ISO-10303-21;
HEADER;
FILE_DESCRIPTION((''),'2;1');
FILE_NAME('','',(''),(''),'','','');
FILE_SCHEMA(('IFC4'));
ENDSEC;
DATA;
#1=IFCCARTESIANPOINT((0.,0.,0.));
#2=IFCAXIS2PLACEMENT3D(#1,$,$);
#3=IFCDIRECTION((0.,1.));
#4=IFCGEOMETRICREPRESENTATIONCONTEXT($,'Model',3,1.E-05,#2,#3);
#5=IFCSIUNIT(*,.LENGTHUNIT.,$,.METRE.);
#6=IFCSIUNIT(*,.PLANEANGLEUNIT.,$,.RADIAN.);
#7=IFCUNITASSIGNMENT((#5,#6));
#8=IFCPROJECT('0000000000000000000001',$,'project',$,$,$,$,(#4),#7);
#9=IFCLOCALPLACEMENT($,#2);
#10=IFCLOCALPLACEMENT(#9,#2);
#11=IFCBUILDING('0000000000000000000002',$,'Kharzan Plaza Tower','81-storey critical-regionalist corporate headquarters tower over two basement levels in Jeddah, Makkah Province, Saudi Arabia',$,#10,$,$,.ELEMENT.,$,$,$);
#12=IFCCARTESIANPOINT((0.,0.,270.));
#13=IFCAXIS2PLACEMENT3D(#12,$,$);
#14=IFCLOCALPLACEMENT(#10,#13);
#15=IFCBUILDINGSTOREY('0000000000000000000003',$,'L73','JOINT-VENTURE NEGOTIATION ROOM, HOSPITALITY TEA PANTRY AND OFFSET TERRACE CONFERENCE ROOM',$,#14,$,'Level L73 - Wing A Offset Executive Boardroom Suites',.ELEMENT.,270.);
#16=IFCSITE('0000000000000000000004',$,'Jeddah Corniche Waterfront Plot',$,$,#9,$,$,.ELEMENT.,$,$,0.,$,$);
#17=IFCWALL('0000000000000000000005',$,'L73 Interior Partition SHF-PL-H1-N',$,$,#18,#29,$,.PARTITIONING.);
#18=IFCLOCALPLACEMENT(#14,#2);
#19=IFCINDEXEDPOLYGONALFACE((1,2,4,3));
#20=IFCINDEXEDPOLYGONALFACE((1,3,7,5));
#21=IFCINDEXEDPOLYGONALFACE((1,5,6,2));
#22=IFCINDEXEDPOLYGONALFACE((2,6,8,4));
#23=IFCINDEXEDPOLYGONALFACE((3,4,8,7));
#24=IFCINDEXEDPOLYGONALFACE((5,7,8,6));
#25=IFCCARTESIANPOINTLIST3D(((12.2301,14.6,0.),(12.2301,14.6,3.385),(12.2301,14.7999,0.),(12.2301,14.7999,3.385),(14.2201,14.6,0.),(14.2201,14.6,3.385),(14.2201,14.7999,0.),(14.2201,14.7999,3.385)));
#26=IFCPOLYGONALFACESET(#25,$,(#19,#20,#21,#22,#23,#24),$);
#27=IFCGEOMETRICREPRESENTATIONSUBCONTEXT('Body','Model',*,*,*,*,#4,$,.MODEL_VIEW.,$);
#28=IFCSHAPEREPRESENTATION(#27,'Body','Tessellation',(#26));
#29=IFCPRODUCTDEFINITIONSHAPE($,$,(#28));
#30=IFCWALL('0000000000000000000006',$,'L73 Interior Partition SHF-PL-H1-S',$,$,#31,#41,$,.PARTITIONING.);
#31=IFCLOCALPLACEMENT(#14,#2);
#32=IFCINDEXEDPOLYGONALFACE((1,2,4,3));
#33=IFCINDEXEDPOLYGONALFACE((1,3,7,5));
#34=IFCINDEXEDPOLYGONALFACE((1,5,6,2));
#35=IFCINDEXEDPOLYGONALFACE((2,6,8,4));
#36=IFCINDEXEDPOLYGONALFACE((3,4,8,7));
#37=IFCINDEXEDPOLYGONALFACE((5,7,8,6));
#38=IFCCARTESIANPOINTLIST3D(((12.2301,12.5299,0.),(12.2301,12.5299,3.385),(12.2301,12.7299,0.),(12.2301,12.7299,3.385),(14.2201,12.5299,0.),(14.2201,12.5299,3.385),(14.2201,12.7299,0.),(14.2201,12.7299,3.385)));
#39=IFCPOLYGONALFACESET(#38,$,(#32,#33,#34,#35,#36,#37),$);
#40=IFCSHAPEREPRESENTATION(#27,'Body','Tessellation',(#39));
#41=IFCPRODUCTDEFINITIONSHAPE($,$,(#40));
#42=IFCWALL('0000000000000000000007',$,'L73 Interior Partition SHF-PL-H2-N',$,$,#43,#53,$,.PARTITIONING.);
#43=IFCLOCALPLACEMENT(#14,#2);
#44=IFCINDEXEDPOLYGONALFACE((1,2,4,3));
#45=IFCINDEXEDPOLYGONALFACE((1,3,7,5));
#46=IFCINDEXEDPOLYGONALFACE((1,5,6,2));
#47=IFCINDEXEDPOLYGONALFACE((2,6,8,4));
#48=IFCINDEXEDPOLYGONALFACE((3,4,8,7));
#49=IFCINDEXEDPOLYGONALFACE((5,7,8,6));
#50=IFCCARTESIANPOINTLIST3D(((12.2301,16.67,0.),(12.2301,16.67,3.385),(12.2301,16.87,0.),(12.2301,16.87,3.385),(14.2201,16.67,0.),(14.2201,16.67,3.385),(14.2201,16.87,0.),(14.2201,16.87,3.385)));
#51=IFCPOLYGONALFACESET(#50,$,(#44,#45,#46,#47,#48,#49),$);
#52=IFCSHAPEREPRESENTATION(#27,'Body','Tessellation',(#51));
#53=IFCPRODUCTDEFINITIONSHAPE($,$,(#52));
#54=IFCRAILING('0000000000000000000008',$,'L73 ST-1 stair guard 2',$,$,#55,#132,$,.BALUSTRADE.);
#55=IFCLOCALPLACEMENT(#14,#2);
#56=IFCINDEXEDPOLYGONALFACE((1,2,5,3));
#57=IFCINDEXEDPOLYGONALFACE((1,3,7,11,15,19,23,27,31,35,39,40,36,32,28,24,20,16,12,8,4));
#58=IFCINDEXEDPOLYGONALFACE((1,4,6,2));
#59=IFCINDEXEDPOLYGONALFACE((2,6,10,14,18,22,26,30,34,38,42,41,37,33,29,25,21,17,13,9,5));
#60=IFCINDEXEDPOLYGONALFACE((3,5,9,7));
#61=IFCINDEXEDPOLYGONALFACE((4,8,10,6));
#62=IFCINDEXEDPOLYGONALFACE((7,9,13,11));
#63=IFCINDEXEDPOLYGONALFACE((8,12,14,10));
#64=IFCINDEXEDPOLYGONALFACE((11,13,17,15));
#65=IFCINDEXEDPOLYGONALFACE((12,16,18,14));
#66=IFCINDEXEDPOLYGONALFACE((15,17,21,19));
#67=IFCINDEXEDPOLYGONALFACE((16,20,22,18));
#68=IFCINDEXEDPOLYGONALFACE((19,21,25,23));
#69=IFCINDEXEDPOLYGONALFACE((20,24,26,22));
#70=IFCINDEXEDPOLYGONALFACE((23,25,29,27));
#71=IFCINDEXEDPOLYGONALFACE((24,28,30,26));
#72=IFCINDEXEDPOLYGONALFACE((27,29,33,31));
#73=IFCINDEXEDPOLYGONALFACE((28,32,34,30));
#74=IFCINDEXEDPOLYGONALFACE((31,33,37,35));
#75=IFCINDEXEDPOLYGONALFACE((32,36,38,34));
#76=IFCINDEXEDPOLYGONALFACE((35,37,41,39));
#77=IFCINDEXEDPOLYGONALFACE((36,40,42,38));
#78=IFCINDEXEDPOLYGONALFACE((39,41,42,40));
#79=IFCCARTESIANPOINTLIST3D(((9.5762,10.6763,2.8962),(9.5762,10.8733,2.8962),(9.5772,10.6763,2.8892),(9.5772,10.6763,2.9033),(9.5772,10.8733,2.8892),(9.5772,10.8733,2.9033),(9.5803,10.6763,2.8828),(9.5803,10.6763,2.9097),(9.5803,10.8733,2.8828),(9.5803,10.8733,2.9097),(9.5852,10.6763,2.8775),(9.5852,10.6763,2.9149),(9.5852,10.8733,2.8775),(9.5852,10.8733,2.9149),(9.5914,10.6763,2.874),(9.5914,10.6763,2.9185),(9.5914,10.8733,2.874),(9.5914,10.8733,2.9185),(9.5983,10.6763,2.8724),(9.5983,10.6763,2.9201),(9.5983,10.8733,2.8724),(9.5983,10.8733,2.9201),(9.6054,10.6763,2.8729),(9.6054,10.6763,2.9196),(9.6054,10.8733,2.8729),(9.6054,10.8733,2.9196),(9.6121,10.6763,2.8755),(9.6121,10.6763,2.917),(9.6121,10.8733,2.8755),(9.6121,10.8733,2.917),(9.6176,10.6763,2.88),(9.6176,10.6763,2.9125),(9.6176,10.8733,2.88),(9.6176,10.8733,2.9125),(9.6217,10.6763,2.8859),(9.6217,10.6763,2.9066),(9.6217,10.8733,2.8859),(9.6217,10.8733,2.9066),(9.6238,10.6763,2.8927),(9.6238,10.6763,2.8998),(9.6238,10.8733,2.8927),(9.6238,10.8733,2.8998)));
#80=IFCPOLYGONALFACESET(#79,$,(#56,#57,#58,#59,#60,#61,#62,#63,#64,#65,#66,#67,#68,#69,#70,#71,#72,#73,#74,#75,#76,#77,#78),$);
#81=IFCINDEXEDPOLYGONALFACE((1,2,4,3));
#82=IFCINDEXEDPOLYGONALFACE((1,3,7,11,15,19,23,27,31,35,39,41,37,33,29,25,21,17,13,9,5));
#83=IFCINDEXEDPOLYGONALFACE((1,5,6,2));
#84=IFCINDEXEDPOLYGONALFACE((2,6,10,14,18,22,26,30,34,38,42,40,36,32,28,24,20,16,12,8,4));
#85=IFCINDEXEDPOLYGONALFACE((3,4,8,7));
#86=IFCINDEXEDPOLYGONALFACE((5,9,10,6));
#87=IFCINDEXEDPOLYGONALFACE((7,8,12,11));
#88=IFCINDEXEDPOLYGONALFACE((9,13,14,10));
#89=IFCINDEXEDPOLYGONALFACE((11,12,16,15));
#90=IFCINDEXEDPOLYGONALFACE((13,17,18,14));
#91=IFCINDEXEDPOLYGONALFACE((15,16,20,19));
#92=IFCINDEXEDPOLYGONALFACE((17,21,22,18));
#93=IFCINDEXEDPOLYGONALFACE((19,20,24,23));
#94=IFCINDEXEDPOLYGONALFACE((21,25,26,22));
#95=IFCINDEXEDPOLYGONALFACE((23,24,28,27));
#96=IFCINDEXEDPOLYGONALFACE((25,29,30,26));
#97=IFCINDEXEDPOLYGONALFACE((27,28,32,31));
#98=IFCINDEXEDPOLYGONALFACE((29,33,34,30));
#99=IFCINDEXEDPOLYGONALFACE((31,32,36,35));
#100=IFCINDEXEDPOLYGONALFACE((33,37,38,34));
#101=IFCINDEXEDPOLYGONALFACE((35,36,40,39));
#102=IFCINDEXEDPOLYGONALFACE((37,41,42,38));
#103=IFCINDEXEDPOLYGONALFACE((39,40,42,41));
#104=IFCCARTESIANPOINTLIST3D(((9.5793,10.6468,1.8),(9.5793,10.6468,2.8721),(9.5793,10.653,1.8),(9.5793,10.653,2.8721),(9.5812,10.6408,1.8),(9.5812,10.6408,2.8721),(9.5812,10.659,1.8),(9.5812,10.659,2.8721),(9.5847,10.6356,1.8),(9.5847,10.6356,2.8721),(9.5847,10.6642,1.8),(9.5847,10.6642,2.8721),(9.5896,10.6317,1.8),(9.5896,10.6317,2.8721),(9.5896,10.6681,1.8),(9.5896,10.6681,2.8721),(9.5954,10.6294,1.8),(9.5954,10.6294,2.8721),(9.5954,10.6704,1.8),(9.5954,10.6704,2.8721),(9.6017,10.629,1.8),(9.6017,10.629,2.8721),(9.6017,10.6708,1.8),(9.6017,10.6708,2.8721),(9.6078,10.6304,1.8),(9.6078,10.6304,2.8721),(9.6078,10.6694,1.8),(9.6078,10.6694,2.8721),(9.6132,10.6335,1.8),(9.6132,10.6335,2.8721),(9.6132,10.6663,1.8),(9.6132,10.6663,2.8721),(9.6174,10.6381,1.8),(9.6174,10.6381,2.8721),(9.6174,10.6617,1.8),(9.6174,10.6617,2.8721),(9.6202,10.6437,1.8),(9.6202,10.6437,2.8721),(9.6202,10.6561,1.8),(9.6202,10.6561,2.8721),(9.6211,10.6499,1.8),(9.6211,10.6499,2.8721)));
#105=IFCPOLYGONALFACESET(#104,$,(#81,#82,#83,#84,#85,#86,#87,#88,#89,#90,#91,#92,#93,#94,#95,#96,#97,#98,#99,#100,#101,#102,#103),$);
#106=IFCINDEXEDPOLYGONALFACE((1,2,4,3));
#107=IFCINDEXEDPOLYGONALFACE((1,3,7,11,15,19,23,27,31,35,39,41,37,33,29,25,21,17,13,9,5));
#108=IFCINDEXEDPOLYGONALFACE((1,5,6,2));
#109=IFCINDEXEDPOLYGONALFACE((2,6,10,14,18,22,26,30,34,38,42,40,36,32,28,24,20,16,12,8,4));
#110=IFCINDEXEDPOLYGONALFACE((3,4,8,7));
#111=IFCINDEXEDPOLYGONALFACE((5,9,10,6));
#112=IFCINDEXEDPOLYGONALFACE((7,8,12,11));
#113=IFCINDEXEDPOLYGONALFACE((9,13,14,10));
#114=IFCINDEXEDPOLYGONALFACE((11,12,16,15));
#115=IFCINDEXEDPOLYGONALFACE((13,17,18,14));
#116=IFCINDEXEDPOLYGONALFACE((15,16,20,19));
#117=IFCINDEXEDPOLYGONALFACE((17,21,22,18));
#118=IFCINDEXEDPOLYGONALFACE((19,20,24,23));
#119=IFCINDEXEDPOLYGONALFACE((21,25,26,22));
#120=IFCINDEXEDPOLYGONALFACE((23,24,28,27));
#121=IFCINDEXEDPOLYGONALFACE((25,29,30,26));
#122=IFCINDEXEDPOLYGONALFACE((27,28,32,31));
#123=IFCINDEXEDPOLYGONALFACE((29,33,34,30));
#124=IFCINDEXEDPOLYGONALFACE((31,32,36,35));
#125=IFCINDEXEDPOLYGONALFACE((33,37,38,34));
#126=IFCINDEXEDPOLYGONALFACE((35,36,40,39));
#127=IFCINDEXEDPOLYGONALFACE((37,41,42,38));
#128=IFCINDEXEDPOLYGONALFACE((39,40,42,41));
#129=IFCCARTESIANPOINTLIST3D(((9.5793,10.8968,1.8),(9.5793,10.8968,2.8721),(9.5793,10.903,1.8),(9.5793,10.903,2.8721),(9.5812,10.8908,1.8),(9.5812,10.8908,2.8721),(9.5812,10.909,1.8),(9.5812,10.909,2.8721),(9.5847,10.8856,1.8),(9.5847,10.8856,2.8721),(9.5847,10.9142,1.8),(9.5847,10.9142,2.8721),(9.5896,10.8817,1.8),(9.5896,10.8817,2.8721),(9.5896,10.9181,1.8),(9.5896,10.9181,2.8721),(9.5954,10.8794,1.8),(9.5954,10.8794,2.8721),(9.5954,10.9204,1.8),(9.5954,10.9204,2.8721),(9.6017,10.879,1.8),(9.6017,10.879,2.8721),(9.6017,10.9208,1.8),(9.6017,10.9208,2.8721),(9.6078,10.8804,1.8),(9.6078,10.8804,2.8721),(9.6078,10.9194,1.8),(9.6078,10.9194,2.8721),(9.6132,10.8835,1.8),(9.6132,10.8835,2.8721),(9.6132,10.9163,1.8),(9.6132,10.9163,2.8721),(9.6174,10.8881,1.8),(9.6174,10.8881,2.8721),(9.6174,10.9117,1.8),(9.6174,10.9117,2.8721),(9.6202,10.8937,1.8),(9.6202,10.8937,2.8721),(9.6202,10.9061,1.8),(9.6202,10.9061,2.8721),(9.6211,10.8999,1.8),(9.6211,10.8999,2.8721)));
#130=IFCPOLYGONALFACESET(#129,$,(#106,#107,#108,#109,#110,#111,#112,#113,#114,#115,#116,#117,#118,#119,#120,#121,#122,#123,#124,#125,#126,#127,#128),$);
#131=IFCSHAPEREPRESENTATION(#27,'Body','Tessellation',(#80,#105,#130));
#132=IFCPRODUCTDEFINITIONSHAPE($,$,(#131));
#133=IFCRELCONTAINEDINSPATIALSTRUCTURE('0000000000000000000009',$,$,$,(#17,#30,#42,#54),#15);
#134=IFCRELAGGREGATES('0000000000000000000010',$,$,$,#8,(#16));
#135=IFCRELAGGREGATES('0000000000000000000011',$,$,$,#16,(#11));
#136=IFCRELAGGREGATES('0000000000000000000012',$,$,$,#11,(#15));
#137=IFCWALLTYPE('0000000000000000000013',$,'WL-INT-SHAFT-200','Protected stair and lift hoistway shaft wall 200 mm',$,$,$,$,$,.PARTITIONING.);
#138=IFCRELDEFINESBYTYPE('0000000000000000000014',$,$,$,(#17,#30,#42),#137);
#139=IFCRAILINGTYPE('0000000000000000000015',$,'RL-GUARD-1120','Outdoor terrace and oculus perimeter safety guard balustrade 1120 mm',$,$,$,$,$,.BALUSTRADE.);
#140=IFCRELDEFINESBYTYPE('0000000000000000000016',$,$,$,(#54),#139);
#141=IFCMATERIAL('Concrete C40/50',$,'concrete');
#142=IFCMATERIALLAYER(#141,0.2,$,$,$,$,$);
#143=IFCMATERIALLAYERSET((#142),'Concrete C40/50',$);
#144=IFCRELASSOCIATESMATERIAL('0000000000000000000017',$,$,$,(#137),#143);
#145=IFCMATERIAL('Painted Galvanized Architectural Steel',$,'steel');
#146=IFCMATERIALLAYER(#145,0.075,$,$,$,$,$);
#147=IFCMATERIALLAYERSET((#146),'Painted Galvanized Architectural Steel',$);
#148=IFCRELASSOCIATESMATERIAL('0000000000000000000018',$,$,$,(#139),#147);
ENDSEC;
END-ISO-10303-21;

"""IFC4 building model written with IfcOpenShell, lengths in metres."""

from ifc_helpers import new_model, si_unit, direction, frame, frame_2d, origin, origin_2d, place, context, subcontext, project, spatial, rectangle, circle, extrude, source, transform, mapped, material, layer, layer_set, type_object, element, save


model = new_model("IFC4")

# Units and contexts
model_context = context("Model", 3, precision=1e-05, world=origin(), true_north=direction((0.0, 1.0)))
body_context = subcontext(model_context, "Body", "Model", "MODEL_VIEW")
ifc_project = project(units=[si_unit("LENGTHUNIT", "METRE"), si_unit("PLANEANGLEUNIT", "RADIAN")], contexts=[model_context])

# Site, building, storey
site_placement = place(None, origin())
site = spatial("IfcSite", under=ifc_project, at=site_placement, Name="Jeddah Corniche Waterfront Plot", CompositionType="ELEMENT", RefElevation=0.0)
building_placement = place(site_placement, origin())
building = spatial("IfcBuilding", under=site, at=building_placement, Name="Kharzan Plaza Tower", Description="81-storey critical-regionalist corporate headquarters tower over two basement levels in Jeddah, Makkah Province, Saudi Arabia", CompositionType="ELEMENT")
storey_placement = place(building_placement, frame((0.0, 0.0, 270.0)))
storey = spatial("IfcBuildingStorey", under=building, at=storey_placement, Name="L73", Description="JOINT-VENTURE NEGOTIATION ROOM, HOSPITALITY TEA PANTRY AND OFFSET TERRACE CONFERENCE ROOM", LongName="Level L73 - Wing A Offset Executive Boardroom Suites", CompositionType="ELEMENT", Elevation=270.0)

# Shared definitions
ifc_material_1 = material(Name="Concrete C40/50", Category="concrete")
ifc_layer_1 = layer(ifc_material_1, 0.2)
ifc_layer_set_1 = layer_set([ifc_layer_1], Name="Concrete C40/50")
wall_type = type_object("IfcWallType", Name="WL-INT-SHAFT-200", Description="Protected stair and lift hoistway shaft wall 200 mm", PredefinedType="PARTITIONING", material=ifc_layer_set_1)

# Walls
shared_shape_1 = source(origin(), body_context, "Body", "SweptSolid", [
    extrude(rectangle(XDim=1.99, YDim=0.2, at=frame_2d((0.9951, 0.0))), origin(), (0.0, 0.0, 1.0), 3.385),
])
for number, where, z_axis, x_axis, name in (
    (1, (12.23, 14.7, 0.0), (0.0, 0.0, 1.0), (1.0, 0.0, 0.0), "L73 Interior Partition SHF-PL-H1-N"),
    (2, (12.23, 12.6299, 0.0), (0.0, 0.0, 1.0), (1.0, 0.0, 0.0), "L73 Interior Partition SHF-PL-H1-S"),
    (3, (12.23, 16.77, 0.0), (0.0, 0.0, 1.0), (1.0, 0.0, 0.0), "L73 Interior Partition SHF-PL-H2-N"),
):
    element("IfcWall", number, at=place(storey_placement, frame(where, z_axis=z_axis, x_axis=x_axis)), inside=storey, type_object=wall_type, Name=name, PredefinedType="PARTITIONING", context=body_context, shape_type="MappedRepresentation", body=[
        mapped(shared_shape_1, transform((0.0, 0.0, 0.0), x_axis=(1.0, 0.0, 0.0), y_axis=(0.0, 1.0, 0.0), z_axis=(0.0, 0.0, 1.0))),
    ])

# Railing
ifc_material_2 = material(Name="Painted Galvanized Architectural Steel", Category="steel")
ifc_layer_2 = layer(ifc_material_2, 0.075)
ifc_layer_set_2 = layer_set([ifc_layer_2], Name="Painted Galvanized Architectural Steel")
railing_type_1 = type_object("IfcRailingType", Name="RL-GUARD-1120", Description="Outdoor terrace and oculus perimeter safety guard balustrade 1120 mm", PredefinedType="BALUSTRADE", material=ifc_layer_set_2)
shared_shape_2 = source(origin(), body_context, "Body", "SweptSolid", [
    extrude(circle(Radius=0.0239, at=origin_2d()), frame((0.0, 0.0264, 1.0962), z_axis=(0.0, 1.0, 0.0), x_axis=(-1.0, 0.0, 0.0)), (0.0, 0.0, 1.0), 0.197),
    extrude(circle(Radius=0.021, at=origin_2d()), origin(), (0.0, 0.0, 1.0), 1.072),
    extrude(circle(Radius=0.021, at=origin_2d()), frame((0.0, 0.25, 0.0)), (0.0, 0.0, 1.0), 1.072),
])
railing_1_placement = place(storey_placement, frame((9.6001, 10.6499, 1.8)))
element("IfcRailing", 4, at=railing_1_placement, inside=storey, type_object=railing_type_1, Name="L73 ST-1 stair guard 2", PredefinedType="BALUSTRADE", context=body_context, shape_type="MappedRepresentation", body=[
    mapped(shared_shape_2, transform((0.0, 0.0, 0.0), x_axis=(1.0, 0.0, 0.0), y_axis=(0.0, 1.0, 0.0), z_axis=(0.0, 0.0, 1.0))),
])

save(model, "model.ifc")
